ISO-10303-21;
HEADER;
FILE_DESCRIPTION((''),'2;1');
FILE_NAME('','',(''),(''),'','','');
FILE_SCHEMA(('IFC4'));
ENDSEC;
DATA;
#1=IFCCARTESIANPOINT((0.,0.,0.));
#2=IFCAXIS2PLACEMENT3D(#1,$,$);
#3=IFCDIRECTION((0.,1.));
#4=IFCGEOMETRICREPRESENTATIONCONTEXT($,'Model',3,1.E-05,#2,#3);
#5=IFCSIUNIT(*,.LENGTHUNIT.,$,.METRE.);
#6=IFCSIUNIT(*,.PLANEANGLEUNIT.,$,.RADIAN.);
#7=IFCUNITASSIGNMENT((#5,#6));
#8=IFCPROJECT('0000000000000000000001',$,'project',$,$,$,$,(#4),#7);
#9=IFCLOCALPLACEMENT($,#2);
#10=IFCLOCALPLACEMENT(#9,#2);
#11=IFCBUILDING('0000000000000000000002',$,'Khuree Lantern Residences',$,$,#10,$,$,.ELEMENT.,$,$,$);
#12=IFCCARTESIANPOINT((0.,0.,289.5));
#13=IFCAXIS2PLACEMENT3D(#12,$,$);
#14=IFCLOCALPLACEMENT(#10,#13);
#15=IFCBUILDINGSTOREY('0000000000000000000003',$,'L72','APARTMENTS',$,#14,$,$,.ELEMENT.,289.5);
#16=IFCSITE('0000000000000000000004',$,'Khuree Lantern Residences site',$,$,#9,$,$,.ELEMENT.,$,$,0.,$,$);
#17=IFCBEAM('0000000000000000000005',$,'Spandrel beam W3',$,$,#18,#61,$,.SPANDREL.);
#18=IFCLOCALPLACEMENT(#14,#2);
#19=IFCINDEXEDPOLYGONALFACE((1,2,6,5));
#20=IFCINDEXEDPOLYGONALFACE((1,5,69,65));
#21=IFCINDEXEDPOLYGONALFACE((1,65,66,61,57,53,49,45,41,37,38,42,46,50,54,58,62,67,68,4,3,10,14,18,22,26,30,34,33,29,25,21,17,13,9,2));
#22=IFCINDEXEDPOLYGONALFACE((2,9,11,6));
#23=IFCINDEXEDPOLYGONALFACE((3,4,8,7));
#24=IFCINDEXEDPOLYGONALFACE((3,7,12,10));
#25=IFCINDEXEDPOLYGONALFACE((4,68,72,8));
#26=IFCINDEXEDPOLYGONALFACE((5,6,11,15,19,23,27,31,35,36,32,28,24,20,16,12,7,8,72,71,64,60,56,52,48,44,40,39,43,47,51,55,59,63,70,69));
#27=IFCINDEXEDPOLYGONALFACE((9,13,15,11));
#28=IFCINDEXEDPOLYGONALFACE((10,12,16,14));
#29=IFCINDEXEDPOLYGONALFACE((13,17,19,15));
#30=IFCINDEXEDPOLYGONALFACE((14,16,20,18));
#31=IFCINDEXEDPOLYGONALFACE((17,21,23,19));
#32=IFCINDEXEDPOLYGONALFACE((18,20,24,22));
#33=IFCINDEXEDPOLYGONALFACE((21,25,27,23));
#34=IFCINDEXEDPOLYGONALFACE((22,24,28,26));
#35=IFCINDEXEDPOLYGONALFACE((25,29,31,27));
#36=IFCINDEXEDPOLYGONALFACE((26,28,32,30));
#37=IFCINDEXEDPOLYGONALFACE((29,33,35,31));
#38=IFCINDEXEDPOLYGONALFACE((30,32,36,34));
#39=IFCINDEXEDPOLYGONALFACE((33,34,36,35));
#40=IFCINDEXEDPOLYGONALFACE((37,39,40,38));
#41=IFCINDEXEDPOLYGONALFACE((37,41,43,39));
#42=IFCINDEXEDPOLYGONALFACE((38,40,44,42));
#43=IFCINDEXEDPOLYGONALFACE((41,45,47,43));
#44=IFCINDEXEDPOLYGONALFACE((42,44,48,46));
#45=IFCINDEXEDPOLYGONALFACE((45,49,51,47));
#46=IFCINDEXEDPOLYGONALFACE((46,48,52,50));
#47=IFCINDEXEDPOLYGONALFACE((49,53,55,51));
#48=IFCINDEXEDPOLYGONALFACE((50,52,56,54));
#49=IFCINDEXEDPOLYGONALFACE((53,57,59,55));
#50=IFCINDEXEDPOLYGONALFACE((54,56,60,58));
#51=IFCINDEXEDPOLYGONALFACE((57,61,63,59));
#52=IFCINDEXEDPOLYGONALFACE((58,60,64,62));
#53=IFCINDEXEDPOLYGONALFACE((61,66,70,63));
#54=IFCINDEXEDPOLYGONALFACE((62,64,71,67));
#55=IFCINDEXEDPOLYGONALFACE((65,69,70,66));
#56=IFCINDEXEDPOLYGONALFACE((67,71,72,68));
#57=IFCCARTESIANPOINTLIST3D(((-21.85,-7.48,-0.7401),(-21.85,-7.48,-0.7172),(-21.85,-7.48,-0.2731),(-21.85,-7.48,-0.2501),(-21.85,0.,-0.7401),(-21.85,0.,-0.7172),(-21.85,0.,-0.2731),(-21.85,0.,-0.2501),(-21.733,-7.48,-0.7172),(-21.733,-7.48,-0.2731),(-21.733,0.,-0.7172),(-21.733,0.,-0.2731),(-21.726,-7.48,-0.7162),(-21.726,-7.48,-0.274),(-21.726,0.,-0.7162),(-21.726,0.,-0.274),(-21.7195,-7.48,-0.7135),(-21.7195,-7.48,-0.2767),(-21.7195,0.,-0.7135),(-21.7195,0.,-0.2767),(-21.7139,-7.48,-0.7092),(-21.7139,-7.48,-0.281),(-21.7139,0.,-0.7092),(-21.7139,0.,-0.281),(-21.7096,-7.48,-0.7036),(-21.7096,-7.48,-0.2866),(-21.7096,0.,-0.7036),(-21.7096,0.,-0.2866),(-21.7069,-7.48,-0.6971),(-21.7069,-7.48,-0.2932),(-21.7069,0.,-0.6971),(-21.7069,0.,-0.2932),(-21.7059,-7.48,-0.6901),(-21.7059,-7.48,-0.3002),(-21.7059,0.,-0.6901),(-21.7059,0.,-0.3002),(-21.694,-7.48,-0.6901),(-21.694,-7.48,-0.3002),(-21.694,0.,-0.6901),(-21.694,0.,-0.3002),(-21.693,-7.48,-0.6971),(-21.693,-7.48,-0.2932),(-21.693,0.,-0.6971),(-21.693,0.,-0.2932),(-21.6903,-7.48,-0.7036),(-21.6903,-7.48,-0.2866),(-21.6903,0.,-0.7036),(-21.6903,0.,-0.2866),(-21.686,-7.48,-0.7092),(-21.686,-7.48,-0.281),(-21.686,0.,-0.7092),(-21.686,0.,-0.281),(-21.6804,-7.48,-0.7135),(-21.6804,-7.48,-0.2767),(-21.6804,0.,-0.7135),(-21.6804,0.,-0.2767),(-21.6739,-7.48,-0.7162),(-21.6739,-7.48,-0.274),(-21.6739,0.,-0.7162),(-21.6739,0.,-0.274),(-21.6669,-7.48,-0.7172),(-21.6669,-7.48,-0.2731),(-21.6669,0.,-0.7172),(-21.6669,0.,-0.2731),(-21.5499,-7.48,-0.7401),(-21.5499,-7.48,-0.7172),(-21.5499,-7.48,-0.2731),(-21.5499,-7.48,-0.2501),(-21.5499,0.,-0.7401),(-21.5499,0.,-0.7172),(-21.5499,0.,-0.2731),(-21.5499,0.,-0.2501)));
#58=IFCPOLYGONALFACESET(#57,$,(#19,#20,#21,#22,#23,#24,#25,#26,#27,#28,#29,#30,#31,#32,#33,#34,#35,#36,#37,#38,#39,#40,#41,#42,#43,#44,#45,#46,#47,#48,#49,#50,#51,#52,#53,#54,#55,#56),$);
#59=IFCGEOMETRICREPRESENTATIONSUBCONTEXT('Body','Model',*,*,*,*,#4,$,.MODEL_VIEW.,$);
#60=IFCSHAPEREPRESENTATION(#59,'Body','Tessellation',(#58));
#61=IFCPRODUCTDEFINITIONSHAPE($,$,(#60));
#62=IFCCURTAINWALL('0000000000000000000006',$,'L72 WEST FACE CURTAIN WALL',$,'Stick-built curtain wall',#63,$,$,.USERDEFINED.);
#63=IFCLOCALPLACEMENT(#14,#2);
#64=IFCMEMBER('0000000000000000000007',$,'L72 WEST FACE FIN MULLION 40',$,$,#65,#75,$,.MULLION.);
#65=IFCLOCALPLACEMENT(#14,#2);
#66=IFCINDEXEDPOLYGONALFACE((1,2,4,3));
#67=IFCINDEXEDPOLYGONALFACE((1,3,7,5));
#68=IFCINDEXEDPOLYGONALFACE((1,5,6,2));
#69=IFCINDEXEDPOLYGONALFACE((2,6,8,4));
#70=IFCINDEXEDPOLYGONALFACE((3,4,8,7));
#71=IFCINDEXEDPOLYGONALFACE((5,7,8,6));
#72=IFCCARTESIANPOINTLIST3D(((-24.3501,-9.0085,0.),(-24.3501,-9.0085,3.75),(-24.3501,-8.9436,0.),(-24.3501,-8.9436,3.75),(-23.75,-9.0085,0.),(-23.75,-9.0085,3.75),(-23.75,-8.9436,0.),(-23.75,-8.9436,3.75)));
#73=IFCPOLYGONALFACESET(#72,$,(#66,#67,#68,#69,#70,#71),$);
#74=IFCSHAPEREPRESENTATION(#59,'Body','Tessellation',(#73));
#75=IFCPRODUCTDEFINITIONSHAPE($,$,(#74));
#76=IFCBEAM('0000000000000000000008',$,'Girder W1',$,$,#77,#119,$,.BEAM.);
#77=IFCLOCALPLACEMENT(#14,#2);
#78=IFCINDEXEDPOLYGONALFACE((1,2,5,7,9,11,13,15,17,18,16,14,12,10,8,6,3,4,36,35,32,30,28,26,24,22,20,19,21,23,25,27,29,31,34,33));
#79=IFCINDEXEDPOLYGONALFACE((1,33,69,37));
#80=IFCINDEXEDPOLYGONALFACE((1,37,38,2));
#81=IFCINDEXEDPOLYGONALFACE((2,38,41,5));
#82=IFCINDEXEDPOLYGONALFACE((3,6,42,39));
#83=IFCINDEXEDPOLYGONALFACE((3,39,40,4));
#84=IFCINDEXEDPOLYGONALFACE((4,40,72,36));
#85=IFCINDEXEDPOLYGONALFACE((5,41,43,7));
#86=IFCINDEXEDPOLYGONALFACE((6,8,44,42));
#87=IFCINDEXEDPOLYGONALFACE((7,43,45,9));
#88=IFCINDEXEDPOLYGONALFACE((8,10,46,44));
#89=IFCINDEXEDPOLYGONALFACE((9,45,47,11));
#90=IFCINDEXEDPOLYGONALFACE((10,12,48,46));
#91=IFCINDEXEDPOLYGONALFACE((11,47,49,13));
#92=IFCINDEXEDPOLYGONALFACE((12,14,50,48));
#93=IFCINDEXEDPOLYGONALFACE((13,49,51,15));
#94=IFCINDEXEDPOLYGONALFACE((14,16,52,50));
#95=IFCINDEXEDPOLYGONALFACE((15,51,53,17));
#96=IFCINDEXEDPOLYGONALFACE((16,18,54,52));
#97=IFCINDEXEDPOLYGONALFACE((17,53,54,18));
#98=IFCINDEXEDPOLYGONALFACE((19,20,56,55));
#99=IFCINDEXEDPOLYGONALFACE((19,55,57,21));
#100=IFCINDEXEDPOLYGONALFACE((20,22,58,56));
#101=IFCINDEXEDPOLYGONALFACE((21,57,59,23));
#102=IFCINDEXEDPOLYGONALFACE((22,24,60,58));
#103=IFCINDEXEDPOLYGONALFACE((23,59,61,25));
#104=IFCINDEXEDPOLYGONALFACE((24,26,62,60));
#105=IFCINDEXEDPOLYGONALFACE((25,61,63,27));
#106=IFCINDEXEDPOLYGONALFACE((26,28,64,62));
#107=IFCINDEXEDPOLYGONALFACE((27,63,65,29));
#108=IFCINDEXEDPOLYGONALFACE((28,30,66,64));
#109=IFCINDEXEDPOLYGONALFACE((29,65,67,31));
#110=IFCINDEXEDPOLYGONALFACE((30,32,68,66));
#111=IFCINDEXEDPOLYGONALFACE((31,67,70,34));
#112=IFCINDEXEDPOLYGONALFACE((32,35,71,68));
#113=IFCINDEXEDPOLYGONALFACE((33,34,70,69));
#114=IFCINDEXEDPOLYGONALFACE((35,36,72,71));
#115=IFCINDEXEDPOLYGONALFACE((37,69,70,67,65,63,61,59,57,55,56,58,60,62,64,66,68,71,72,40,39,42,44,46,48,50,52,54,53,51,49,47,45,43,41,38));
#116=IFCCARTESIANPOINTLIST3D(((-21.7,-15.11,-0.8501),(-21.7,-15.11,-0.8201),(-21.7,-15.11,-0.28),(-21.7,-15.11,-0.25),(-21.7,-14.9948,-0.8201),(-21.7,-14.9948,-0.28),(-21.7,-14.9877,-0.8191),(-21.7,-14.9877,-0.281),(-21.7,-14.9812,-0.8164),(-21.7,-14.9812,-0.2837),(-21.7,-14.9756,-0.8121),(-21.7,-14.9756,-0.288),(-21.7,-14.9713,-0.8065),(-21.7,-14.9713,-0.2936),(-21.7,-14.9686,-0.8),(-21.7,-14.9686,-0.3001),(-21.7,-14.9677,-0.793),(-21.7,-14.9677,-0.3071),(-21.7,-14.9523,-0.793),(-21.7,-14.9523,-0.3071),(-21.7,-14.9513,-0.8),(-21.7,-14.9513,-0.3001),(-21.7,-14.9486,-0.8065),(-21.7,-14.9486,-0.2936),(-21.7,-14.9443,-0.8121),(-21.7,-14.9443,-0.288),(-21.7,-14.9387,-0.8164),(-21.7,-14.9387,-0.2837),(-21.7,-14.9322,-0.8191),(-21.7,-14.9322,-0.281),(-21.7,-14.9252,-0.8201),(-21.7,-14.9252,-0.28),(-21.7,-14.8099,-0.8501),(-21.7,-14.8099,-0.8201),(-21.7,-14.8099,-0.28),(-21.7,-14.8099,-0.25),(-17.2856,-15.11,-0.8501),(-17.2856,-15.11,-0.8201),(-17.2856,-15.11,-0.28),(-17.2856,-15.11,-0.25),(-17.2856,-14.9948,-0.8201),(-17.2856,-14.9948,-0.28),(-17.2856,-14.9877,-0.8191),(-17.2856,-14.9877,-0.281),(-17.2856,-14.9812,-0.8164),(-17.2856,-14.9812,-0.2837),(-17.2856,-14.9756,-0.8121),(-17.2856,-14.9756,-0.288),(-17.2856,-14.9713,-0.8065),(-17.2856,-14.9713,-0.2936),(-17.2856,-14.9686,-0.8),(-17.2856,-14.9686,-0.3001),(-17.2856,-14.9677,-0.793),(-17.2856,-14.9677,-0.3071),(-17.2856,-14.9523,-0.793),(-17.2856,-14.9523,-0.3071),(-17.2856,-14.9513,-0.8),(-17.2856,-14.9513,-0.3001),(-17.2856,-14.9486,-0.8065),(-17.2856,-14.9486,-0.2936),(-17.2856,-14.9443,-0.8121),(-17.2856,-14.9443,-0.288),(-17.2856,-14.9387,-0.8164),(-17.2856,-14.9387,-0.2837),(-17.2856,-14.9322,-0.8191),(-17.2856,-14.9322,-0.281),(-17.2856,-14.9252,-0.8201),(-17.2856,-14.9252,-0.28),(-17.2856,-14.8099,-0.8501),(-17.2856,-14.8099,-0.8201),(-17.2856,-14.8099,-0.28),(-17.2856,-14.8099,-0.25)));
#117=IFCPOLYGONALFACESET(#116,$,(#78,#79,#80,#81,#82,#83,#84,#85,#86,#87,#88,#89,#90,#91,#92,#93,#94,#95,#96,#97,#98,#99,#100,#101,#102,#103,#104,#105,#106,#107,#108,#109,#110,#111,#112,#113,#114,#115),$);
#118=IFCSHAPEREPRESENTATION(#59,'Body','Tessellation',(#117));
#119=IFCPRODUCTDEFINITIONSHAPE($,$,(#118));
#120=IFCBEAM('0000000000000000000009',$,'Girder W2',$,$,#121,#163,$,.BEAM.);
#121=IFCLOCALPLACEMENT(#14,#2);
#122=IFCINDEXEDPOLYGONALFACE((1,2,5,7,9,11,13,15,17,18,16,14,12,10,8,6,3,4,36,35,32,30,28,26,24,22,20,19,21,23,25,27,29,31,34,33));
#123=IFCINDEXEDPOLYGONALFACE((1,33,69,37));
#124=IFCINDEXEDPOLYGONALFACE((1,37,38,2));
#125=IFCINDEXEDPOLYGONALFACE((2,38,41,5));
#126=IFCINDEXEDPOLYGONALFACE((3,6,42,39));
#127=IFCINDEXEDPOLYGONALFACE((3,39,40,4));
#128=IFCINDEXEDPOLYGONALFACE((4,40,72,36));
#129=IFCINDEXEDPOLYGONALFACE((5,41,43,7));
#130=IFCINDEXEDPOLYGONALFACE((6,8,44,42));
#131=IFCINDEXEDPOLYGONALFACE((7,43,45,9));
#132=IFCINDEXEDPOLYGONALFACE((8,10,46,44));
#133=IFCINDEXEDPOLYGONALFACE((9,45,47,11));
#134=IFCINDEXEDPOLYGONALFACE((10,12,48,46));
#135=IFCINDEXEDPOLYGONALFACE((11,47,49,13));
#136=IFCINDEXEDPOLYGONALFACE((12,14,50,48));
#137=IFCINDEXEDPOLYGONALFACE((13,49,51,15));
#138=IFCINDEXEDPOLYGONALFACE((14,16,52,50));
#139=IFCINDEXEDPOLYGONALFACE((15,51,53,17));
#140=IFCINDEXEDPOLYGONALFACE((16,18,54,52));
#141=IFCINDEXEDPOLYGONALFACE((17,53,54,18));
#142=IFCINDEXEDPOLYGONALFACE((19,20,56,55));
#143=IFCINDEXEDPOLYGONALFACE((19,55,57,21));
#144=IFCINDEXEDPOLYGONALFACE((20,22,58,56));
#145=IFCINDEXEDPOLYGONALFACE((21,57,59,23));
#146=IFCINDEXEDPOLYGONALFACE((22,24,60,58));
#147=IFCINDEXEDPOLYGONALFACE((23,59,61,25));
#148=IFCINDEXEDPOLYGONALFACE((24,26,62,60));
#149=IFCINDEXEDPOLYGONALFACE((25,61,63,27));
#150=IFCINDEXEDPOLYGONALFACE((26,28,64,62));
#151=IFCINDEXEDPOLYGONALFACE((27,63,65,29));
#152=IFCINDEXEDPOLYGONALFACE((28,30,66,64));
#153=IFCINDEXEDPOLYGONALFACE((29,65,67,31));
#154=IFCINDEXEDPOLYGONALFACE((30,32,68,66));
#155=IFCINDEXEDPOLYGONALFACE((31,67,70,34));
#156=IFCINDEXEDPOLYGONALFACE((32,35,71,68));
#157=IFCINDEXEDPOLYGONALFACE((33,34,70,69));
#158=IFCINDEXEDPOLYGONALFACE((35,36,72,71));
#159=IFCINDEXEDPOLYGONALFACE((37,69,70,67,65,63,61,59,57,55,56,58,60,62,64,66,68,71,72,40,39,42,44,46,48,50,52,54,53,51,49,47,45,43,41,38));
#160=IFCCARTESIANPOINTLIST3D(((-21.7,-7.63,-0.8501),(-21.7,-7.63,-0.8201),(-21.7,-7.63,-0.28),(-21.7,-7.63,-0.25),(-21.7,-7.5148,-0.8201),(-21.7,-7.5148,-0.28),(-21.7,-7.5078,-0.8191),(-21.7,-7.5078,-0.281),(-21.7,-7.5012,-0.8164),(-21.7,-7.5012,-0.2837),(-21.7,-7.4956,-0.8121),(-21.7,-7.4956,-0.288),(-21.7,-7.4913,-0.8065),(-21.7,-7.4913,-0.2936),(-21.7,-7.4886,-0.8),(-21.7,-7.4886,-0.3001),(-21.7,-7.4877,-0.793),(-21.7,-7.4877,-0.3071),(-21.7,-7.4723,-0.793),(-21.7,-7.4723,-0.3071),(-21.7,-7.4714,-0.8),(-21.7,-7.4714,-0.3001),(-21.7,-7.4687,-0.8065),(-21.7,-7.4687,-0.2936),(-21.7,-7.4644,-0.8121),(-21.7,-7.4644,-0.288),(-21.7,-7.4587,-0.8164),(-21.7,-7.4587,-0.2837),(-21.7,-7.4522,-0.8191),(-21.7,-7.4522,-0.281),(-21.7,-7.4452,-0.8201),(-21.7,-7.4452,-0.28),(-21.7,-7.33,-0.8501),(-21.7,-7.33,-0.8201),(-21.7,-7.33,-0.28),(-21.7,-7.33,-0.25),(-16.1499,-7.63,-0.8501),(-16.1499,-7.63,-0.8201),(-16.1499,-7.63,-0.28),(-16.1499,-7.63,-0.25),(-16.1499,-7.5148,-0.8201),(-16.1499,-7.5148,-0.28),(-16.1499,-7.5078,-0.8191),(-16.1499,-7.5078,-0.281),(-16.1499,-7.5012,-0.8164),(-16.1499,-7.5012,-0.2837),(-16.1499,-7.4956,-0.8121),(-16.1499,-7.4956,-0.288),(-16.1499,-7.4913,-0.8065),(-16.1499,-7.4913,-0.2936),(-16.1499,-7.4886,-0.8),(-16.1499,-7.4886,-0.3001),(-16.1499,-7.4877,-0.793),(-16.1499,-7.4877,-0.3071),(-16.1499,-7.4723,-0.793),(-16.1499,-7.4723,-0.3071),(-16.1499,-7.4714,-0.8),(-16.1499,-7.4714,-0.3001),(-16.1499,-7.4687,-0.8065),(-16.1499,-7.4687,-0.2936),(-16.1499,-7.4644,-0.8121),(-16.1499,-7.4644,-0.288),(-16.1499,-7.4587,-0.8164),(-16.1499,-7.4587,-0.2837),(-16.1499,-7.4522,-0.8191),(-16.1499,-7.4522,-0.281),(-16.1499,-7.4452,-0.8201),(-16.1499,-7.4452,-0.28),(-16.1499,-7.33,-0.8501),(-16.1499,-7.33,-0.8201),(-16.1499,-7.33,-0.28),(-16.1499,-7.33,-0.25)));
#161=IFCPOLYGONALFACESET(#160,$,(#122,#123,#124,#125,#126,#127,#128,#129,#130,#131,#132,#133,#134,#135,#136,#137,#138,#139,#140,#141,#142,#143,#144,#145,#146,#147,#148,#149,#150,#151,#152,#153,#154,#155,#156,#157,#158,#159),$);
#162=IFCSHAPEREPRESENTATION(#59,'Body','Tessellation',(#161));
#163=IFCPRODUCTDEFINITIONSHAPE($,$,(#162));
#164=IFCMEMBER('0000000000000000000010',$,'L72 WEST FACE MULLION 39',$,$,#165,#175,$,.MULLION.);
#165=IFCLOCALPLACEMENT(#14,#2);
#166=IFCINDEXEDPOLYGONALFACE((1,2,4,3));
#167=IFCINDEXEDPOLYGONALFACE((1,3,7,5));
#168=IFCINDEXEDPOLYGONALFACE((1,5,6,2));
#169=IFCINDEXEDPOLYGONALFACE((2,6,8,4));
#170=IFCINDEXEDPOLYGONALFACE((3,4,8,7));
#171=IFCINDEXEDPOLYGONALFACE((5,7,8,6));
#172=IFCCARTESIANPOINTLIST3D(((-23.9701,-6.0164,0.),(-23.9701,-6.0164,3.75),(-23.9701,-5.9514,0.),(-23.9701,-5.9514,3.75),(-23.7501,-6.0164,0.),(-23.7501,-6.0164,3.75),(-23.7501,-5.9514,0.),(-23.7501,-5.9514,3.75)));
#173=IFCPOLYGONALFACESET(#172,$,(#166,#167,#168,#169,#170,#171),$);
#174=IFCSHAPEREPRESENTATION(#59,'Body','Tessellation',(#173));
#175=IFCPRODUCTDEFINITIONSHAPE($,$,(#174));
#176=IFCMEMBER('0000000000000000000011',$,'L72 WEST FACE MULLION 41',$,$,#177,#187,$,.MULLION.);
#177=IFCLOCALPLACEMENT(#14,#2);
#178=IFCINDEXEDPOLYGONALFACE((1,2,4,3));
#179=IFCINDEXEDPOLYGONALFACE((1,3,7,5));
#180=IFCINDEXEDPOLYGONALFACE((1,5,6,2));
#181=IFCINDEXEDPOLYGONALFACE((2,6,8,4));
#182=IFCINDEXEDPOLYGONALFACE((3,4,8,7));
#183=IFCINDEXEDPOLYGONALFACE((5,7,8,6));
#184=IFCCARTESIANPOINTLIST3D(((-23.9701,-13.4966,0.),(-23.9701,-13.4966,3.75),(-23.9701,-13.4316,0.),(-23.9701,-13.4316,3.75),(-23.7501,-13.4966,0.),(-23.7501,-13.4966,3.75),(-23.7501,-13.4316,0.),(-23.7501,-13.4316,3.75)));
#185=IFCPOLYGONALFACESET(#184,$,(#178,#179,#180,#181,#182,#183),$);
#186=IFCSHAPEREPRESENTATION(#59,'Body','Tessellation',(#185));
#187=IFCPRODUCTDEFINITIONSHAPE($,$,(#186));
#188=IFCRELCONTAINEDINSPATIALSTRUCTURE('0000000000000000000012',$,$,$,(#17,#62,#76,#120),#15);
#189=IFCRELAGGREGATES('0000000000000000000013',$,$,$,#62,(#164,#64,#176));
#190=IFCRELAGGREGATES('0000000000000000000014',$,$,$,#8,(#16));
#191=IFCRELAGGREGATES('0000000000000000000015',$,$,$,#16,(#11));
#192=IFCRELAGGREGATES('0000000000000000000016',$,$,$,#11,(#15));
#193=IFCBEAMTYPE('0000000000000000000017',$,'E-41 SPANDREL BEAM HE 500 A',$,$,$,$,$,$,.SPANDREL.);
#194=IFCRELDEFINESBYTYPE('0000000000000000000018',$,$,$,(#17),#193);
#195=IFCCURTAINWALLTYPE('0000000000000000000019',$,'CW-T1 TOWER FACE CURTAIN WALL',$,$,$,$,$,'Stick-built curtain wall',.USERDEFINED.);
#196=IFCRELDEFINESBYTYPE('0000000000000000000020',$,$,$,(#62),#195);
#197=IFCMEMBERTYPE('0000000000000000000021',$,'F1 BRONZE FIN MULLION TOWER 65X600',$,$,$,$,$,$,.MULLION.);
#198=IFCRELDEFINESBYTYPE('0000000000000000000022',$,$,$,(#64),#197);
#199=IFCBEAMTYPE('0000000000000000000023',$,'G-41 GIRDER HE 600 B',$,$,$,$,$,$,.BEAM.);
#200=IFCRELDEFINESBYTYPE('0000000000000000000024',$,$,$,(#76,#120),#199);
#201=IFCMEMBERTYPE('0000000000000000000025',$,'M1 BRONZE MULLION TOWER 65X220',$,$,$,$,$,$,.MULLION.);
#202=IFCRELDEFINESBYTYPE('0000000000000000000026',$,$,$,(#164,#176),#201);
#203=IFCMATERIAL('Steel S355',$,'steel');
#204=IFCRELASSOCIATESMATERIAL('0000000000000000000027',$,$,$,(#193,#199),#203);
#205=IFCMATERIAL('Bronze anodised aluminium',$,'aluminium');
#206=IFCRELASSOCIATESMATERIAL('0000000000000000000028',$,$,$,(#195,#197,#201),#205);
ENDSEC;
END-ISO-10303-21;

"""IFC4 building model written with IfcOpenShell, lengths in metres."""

from ifc_helpers import new_model, si_unit, direction, frame, origin, origin_2d, place, context, subcontext, project, spatial, rectangle, i_section, extrude, material, material_profile, profile_set, type_object, element, aggregate, save


model = new_model("IFC4")

# Units and contexts
model_context = context("Model", 3, precision=1e-05, world=origin(), true_north=direction((0.0, 1.0)))
body_context = subcontext(model_context, "Body", "Model", "MODEL_VIEW")
ifc_project = project(units=[si_unit("LENGTHUNIT", "METRE"), si_unit("PLANEANGLEUNIT", "RADIAN")], contexts=[model_context])

# Site, building, storey
site_placement = place(None, origin())
site = spatial("IfcSite", under=ifc_project, at=site_placement, Name="Khuree Lantern Residences site", CompositionType="ELEMENT", RefElevation=0.0)
building_placement = place(site_placement, origin())
building = spatial("IfcBuilding", under=site, at=building_placement, Name="Khuree Lantern Residences", CompositionType="ELEMENT")
storey_placement = place(building_placement, frame((0.0, 0.0, 289.5)))
storey = spatial("IfcBuildingStorey", under=building, at=storey_placement, Name="L72", Description="APARTMENTS", CompositionType="ELEMENT", Elevation=289.5)

# Beam
ifc_material_1 = material(Name="Steel S355", Category="steel")
ifc_material_profile_1 = material_profile(ifc_material_1, i_section(OverallWidth=0.3, OverallDepth=0.49, WebThickness=0.012, FlangeThickness=0.0229, FilletRadius=0.0271, at=origin_2d()), Name="HE 500 A")
ifc_profile_set_1 = profile_set([ifc_material_profile_1], Name="Steel S355")
beam_type_1 = type_object("IfcBeamType", Name="E-41 SPANDREL BEAM HE 500 A", PredefinedType="SPANDREL", material=ifc_profile_set_1)
for number, where, z_axis, x_axis, name in (
    (1, (-21.7, -7.48, -0.4951), (0.0, 1.0, 0.0), (-1.0, 0.0, 0.0), "Spandrel beam W3"),
):
    element("IfcBeam", number, at=place(storey_placement, frame(where, z_axis=z_axis, x_axis=x_axis)), inside=storey, type_object=beam_type_1, Name=name, PredefinedType="SPANDREL", context=body_context, shape_type="SweptSolid", body=[
        extrude(i_section(OverallWidth=0.3, OverallDepth=0.49, WebThickness=0.012, FlangeThickness=0.0229, FilletRadius=0.0271, at=origin_2d()), origin(), (0.0, 0.0, 1.0), 7.48),
    ])

# Curtain wall, member
ifc_material_2 = material(Name="Bronze anodised aluminium", Category="aluminium")
curtain_wall_type = type_object("IfcCurtainWallType", Name="CW-T1 TOWER FACE CURTAIN WALL", ElementType="Stick-built curtain wall", PredefinedType="USERDEFINED", material=ifc_material_2)
curtain_wall_placement = place(storey_placement, origin())
curtain_wall = element("IfcCurtainWall", 2, at=curtain_wall_placement, inside=storey, type_object=curtain_wall_type, Name="L72 WEST FACE CURTAIN WALL", ObjectType="Stick-built curtain wall", PredefinedType="USERDEFINED")
ifc_material_profile_2 = material_profile(ifc_material_2, rectangle(XDim=0.0649, YDim=0.6001, at=origin_2d()), Name="F1 65X600")
ifc_profile_set_2 = profile_set([ifc_material_profile_2], Name="Bronze anodised aluminium")
member_type_1 = type_object("IfcMemberType", Name="F1 BRONZE FIN MULLION TOWER 65X600", PredefinedType="MULLION", material=ifc_profile_set_2)
member_1_placement = place(storey_placement, frame((-24.05, -8.9761, 0.0), z_axis=(0.0, 0.0, 1.0), x_axis=(0.0, -1.0, 0.0)))
member_1 = element("IfcMember", 3, at=member_1_placement, type_object=member_type_1, Name="L72 WEST FACE FIN MULLION 40", PredefinedType="MULLION", context=body_context, shape_type="SweptSolid", body=[
    extrude(rectangle(XDim=0.0649, YDim=0.6001, at=origin_2d()), origin(), (0.0, 0.0, 1.0), 3.75),
])

# Beams
ifc_material_profile_3 = material_profile(ifc_material_1, i_section(OverallWidth=0.3, OverallDepth=0.6001, WebThickness=0.0154, FlangeThickness=0.03, FilletRadius=0.0271, at=origin_2d()), Name="HE 600 B")
ifc_profile_set_3 = profile_set([ifc_material_profile_3], Name="Steel S355")
beam_type_2 = type_object("IfcBeamType", Name="G-41 GIRDER HE 600 B", PredefinedType="BEAM", material=ifc_profile_set_3)
beam_1_placement = place(storey_placement, frame((-21.7, -14.96, -0.55), z_axis=(1.0, 0.0, 0.0), x_axis=(0.0, 1.0, 0.0)))
element("IfcBeam", 4, at=beam_1_placement, inside=storey, type_object=beam_type_2, Name="Girder W1", PredefinedType="BEAM", context=body_context, shape_type="SweptSolid", body=[
    extrude(i_section(OverallWidth=0.3, OverallDepth=0.6001, WebThickness=0.0154, FlangeThickness=0.03, FilletRadius=0.0271, at=origin_2d()), origin(), (0.0, 0.0, 1.0), 4.4143),
])
beam_2_placement = place(storey_placement, frame((-21.7, -7.48, -0.55), z_axis=(1.0, 0.0, 0.0), x_axis=(0.0, 1.0, 0.0)))
element("IfcBeam", 5, at=beam_2_placement, inside=storey, type_object=beam_type_2, Name="Girder W2", PredefinedType="BEAM", context=body_context, shape_type="SweptSolid", body=[
    extrude(i_section(OverallWidth=0.3, OverallDepth=0.6001, WebThickness=0.0154, FlangeThickness=0.03, FilletRadius=0.0271, at=origin_2d()), origin(), (0.0, 0.0, 1.0), 5.55),
])

# Members
ifc_material_profile_4 = material_profile(ifc_material_2, rectangle(XDim=0.0649, YDim=0.22, at=origin_2d()), Name="M1 65X220")
ifc_profile_set_4 = profile_set([ifc_material_profile_4], Name="Bronze anodised aluminium")
member_type_2 = type_object("IfcMemberType", Name="M1 BRONZE MULLION TOWER 65X220", PredefinedType="MULLION", material=ifc_profile_set_4)
member_2_placement = place(storey_placement, frame((-23.8601, -5.9839, 0.0), z_axis=(0.0, 0.0, 1.0), x_axis=(0.0, -1.0, 0.0)))
member_2 = element("IfcMember", 6, at=member_2_placement, type_object=member_type_2, Name="L72 WEST FACE MULLION 39", PredefinedType="MULLION", context=body_context, shape_type="SweptSolid", body=[
    extrude(rectangle(XDim=0.0649, YDim=0.22, at=origin_2d()), origin(), (0.0, 0.0, 1.0), 3.75),
])
member_3_placement = place(storey_placement, frame((-23.8601, -13.4641, 0.0), z_axis=(0.0, 0.0, 1.0), x_axis=(0.0, -1.0, 0.0)))
member_3 = element("IfcMember", 7, at=member_3_placement, type_object=member_type_2, Name="L72 WEST FACE MULLION 41", PredefinedType="MULLION", context=body_context, shape_type="SweptSolid", body=[
    extrude(rectangle(XDim=0.0649, YDim=0.22, at=origin_2d()), origin(), (0.0, 0.0, 1.0), 3.75),
])

aggregate(curtain_wall, [member_2, member_1, member_3])

save(model, "model.ifc")
